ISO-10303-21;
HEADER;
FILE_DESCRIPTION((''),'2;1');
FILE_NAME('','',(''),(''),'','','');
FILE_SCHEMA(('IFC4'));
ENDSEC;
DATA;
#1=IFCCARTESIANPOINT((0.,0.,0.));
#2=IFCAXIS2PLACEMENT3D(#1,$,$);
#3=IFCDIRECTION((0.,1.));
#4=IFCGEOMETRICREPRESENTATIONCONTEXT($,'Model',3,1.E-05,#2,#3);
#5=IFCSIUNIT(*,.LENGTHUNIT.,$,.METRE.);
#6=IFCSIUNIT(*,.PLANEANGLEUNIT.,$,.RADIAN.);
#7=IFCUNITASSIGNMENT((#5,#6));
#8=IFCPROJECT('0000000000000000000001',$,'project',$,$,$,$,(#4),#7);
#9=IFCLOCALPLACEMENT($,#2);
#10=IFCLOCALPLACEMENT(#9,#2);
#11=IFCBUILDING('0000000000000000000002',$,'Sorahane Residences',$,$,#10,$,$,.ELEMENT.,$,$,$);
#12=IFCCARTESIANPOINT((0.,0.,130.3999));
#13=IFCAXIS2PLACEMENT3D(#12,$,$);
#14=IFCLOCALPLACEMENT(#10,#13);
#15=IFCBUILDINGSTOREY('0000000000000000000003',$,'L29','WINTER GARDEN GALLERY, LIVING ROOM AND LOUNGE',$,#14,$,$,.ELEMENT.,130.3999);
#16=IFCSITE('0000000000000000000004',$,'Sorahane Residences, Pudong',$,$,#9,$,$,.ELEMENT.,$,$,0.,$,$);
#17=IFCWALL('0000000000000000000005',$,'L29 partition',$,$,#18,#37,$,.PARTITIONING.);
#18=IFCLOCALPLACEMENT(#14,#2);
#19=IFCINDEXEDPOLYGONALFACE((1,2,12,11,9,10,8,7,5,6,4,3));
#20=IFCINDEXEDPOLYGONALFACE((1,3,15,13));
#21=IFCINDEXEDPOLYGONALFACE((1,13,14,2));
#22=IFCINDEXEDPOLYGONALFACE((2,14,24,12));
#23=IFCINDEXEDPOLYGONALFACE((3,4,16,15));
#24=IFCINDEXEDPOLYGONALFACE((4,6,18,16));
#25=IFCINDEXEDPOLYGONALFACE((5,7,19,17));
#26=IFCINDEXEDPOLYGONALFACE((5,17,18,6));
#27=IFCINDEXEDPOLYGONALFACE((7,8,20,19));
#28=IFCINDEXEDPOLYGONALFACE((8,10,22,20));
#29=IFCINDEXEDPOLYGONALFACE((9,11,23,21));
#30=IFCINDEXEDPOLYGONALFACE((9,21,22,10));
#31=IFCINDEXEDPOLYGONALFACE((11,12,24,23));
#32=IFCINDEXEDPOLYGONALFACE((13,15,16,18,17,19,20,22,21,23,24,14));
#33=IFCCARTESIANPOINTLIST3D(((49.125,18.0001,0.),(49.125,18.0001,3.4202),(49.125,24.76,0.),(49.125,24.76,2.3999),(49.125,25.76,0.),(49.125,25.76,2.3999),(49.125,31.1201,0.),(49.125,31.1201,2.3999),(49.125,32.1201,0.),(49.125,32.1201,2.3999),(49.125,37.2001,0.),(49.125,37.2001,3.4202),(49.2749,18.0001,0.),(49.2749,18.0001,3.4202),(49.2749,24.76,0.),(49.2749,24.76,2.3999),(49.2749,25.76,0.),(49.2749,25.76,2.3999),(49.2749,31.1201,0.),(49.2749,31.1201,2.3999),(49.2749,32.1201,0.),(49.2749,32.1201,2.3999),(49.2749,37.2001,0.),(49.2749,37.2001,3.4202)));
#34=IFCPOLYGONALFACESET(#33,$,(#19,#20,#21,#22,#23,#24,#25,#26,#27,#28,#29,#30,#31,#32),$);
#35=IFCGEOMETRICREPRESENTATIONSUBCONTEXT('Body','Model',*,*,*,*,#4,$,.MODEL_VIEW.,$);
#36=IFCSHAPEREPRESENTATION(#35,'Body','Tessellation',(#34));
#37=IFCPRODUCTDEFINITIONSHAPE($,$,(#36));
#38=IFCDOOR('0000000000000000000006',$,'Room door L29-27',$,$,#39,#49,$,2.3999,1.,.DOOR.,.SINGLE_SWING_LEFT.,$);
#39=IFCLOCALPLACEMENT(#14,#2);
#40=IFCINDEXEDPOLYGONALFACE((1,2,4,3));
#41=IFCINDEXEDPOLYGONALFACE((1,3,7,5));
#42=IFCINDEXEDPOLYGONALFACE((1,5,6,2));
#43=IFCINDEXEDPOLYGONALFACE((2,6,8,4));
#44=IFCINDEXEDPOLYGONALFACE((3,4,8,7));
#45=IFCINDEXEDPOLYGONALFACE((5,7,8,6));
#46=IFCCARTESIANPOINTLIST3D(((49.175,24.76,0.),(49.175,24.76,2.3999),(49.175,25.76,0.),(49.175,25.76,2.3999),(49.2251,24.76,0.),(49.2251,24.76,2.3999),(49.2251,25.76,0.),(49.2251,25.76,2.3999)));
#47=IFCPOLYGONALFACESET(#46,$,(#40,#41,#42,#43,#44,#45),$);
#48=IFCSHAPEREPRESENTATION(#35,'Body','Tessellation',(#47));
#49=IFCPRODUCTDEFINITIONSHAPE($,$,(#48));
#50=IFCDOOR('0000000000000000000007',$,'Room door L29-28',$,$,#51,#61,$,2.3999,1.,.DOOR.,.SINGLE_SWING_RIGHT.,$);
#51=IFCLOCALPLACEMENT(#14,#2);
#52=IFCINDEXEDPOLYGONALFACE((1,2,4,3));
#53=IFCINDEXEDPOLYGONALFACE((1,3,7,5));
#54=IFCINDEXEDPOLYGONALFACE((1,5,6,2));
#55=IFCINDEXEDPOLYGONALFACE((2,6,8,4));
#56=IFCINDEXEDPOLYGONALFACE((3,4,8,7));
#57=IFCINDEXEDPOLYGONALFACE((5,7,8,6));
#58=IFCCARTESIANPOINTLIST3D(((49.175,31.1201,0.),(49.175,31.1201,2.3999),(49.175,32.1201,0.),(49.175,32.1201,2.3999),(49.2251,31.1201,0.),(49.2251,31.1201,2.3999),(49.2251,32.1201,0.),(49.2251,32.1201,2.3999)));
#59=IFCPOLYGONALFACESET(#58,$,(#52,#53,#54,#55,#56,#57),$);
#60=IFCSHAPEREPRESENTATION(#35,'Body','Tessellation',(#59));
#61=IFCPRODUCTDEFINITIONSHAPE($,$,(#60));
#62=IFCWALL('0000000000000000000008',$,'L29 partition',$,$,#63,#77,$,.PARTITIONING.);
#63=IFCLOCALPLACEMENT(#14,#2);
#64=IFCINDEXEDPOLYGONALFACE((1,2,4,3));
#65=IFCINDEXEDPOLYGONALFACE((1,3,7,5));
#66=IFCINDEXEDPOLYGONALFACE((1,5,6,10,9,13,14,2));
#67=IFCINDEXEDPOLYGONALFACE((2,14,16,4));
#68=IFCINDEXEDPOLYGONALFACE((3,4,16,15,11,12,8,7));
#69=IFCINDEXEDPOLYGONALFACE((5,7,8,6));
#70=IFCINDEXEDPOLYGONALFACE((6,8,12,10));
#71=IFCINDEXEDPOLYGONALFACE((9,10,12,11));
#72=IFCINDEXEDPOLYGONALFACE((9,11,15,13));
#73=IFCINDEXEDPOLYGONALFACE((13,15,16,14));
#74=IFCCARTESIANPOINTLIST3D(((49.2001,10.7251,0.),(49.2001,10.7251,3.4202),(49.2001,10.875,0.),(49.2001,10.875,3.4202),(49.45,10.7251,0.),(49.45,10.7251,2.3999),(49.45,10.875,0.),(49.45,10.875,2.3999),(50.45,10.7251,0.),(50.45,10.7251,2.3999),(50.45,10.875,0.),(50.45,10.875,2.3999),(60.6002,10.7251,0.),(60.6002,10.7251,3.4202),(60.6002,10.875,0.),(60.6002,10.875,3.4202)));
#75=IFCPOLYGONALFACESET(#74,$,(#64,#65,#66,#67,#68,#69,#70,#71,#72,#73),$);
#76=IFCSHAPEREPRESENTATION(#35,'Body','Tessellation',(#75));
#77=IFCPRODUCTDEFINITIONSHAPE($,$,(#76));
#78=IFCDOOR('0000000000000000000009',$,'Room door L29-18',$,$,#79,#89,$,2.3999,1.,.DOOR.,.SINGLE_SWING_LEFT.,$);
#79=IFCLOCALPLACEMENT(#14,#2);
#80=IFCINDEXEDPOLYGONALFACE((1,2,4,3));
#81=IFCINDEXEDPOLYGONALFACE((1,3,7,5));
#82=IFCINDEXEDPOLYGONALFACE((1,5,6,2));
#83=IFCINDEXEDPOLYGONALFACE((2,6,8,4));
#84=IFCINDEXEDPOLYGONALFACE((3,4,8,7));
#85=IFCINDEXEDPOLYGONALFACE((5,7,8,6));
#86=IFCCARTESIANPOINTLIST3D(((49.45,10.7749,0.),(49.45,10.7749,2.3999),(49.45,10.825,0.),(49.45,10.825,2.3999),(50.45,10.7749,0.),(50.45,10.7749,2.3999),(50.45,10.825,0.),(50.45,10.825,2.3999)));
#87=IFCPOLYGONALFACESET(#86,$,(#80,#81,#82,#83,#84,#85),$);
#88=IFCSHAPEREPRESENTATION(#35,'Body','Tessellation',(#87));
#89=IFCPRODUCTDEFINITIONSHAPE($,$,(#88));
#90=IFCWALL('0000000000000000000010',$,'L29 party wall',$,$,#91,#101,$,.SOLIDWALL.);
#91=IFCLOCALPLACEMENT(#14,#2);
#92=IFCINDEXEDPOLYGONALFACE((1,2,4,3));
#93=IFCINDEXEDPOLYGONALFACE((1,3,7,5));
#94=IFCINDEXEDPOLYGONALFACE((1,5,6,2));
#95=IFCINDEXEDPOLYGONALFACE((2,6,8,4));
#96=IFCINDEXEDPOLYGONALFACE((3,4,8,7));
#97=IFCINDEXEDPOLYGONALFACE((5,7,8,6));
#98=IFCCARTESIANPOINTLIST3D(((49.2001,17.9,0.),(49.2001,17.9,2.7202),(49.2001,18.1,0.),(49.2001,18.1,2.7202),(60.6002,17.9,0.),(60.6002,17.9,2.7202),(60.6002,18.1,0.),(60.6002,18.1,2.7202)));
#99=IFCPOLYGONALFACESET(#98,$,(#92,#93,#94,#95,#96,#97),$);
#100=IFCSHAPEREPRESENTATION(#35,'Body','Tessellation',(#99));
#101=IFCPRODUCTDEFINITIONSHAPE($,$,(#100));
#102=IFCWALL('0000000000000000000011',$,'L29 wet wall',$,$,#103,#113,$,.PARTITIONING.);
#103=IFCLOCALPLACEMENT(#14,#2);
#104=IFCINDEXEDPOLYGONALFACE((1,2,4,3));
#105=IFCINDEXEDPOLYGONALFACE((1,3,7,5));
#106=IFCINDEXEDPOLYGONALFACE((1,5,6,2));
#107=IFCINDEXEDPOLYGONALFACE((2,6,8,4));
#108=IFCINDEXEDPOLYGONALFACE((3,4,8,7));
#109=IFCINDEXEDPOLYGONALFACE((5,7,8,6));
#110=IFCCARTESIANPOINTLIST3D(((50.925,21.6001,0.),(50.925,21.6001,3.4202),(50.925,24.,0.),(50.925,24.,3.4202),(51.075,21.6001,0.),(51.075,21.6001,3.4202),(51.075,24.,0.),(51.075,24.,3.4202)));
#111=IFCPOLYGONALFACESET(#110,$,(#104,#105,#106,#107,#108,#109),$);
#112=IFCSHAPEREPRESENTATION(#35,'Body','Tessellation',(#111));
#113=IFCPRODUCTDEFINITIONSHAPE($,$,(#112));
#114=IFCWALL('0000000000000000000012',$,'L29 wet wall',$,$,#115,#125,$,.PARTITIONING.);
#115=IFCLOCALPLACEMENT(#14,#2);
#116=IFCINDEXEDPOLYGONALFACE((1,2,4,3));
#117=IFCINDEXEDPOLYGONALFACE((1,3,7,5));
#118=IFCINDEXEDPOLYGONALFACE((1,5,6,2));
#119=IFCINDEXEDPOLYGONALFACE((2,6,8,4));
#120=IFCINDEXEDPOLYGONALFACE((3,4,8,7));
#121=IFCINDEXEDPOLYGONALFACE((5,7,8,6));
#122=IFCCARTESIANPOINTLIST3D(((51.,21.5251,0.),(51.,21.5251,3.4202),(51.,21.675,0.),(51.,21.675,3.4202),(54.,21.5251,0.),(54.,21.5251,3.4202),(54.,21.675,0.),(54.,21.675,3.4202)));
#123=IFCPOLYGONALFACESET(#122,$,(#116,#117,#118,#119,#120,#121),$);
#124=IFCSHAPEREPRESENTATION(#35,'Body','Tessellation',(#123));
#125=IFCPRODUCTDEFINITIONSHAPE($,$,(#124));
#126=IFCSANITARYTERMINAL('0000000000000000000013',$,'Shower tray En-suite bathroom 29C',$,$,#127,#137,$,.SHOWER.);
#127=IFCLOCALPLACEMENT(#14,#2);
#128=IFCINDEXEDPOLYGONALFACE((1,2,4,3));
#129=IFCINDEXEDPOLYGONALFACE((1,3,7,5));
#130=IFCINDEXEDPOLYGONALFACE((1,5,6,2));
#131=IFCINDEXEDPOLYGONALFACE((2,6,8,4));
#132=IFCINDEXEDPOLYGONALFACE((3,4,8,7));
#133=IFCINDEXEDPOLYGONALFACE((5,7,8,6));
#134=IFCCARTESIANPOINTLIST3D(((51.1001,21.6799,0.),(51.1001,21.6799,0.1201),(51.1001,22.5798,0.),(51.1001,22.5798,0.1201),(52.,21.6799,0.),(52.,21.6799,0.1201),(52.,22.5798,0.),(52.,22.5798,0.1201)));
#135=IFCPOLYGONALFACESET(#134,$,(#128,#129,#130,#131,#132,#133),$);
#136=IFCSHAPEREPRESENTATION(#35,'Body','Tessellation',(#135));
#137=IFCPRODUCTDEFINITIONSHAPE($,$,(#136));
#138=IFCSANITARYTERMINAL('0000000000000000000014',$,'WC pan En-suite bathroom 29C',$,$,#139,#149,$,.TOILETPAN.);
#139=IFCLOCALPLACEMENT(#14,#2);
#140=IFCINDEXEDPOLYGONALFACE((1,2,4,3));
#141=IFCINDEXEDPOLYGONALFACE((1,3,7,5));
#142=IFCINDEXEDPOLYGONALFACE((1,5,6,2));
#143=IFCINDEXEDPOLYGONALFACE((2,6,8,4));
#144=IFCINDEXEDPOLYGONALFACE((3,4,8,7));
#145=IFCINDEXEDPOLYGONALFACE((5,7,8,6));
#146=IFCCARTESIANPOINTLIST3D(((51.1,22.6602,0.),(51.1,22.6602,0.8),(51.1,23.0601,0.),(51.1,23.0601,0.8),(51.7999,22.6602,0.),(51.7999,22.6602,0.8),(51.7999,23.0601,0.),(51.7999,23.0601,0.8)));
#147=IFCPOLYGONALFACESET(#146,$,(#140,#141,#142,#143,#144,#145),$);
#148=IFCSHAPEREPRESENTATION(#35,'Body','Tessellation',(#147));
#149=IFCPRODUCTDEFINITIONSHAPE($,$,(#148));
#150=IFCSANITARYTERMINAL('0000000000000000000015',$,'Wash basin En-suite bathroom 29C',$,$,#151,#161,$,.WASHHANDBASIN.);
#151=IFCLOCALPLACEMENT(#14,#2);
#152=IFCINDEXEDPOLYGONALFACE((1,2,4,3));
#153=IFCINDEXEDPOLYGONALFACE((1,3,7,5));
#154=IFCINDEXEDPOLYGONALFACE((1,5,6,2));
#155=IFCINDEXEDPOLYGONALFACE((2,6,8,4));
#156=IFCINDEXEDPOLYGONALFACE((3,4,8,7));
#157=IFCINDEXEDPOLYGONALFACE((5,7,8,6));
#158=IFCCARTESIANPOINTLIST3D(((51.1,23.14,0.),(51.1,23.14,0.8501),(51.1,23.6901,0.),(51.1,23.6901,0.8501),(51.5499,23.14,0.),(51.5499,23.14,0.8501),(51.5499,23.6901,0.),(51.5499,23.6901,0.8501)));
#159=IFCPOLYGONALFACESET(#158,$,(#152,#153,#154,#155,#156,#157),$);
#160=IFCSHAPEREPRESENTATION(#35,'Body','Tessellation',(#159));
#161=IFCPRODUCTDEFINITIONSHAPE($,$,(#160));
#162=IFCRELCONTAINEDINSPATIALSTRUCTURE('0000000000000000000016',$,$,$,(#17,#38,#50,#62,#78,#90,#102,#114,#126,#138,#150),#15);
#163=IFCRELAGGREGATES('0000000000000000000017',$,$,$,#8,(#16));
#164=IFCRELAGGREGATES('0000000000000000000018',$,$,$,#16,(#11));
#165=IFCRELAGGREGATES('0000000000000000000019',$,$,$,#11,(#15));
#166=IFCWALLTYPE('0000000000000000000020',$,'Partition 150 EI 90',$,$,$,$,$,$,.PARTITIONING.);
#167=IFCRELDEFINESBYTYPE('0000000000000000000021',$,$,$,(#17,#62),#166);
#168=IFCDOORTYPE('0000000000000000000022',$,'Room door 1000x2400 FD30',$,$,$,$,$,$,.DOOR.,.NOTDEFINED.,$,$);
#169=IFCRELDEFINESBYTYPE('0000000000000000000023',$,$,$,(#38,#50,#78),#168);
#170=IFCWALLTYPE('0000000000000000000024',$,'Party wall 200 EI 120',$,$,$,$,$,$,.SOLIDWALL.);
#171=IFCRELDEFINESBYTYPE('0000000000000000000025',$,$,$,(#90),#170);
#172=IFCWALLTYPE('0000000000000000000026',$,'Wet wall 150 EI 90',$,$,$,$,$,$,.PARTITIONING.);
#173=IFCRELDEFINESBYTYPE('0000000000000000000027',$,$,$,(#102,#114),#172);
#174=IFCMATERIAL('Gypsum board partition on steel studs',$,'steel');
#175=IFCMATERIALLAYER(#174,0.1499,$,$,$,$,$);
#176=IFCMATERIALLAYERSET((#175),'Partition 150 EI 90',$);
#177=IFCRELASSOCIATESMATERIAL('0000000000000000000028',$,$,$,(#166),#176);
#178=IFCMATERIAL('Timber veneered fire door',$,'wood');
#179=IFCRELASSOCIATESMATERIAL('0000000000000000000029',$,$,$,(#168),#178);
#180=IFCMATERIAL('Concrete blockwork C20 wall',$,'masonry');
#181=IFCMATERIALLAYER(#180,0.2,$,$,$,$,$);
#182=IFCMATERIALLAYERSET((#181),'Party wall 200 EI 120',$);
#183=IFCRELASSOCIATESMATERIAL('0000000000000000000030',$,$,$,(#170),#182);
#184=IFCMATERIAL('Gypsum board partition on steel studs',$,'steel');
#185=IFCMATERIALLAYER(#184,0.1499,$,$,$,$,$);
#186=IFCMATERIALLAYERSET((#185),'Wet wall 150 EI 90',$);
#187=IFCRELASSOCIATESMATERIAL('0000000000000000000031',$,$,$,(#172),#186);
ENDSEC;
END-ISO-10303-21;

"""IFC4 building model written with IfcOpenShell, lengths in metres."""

from ifc_helpers import new_model, si_unit, direction, frame, frame_2d, origin, origin_2d, place, context, subcontext, project, spatial, rectangle, extrude, material, layer, layer_set, type_object, element, fill, save


model = new_model("IFC4")

# Units and contexts
model_context = context("Model", 3, precision=1e-05, world=origin(), true_north=direction((0.0, 1.0)))
body_context = subcontext(model_context, "Body", "Model", "MODEL_VIEW")
ifc_project = project(units=[si_unit("LENGTHUNIT", "METRE"), si_unit("PLANEANGLEUNIT", "RADIAN")], contexts=[model_context])

# Site, building, storey
site_placement = place(None, origin())
site = spatial("IfcSite", under=ifc_project, at=site_placement, Name="Sorahane Residences, Pudong", CompositionType="ELEMENT", RefElevation=0.0)
building_placement = place(site_placement, origin())
building = spatial("IfcBuilding", under=site, at=building_placement, Name="Sorahane Residences", CompositionType="ELEMENT")
storey_placement = place(building_placement, frame((0.0, 0.0, 130.3999)))
storey = spatial("IfcBuildingStorey", under=building, at=storey_placement, Name="L29", Description="WINTER GARDEN GALLERY, LIVING ROOM AND LOUNGE", CompositionType="ELEMENT", Elevation=130.3999)

# Wall, openings, doors
ifc_material_1 = material(Name="Gypsum board partition on steel studs", Category="steel")
ifc_layer_1 = layer(ifc_material_1, 0.1499)
ifc_layer_set_1 = layer_set([ifc_layer_1], Name="Partition 150 EI 90")
wall_type_1 = type_object("IfcWallType", Name="Partition 150 EI 90", PredefinedType="PARTITIONING", material=ifc_layer_set_1)
wall_1_placement = place(storey_placement, frame((49.2, 18.0, 0.0), z_axis=(0.0, 0.0, 1.0), x_axis=(0.0, 1.0, 0.0)))
wall_1 = element("IfcWall", 1, at=wall_1_placement, inside=storey, type_object=wall_type_1, Name="L29 partition", PredefinedType="PARTITIONING", context=body_context, shape_type="SweptSolid", body=[
    extrude(rectangle(XDim=19.2, YDim=0.1499, at=frame_2d((9.6001, 0.0))), origin(), (0.0, 0.0, 1.0), 3.4202),
])
opening_1_placement = place(wall_1_placement, frame((6.76, 0.0, 0.0)))
opening_1 = element("IfcOpeningElement", 2, at=opening_1_placement, cuts=wall_1, PredefinedType="OPENING", context=body_context, shape_type="SweptSolid", body=[
    extrude(rectangle(XDim=1.0, YDim=2.3999, at=frame_2d((0.5, 1.2))), frame((0.0, 0.085, 0.0), z_axis=(0.0, -1.0, 0.0), x_axis=(1.0, 0.0, 0.0)), (0.0, 0.0, 1.0), 0.1699),
])
opening_2_placement = place(wall_1_placement, frame((13.1201, 0.0, 0.0)))
opening_2 = element("IfcOpeningElement", 3, at=opening_2_placement, cuts=wall_1, PredefinedType="OPENING", context=body_context, shape_type="SweptSolid", body=[
    extrude(rectangle(XDim=1.0, YDim=2.3999, at=frame_2d((0.5, 1.2))), frame((0.0, 0.085, 0.0), z_axis=(0.0, -1.0, 0.0), x_axis=(1.0, 0.0, 0.0)), (0.0, 0.0, 1.0), 0.1699),
])
ifc_material_2 = material(Name="Timber veneered fire door", Category="wood")
door_type_1 = type_object("IfcDoorType", Name="Room door 1000x2400 FD30", OperationType="NOTDEFINED", PredefinedType="DOOR", material=ifc_material_2)
door_1_placement = place(opening_1_placement, origin())
door_1 = element("IfcDoor", 4, at=door_1_placement, inside=storey, type_object=door_type_1, Name="Room door L29-27", OperationType="SINGLE_SWING_LEFT", OverallHeight=2.3999, OverallWidth=1.0, PredefinedType="DOOR", context=body_context, shape_type="SweptSolid", body=[
    extrude(rectangle(XDim=1.0, YDim=2.3999, at=frame_2d((0.5, 1.2))), frame((0.0, 0.0249, 0.0), z_axis=(0.0, -1.0, 0.0), x_axis=(1.0, 0.0, 0.0)), (0.0, 0.0, 1.0), 0.05),
])
fill(opening_1, door_1)
door_2_placement = place(opening_2_placement, origin())
door_2 = element("IfcDoor", 5, at=door_2_placement, inside=storey, type_object=door_type_1, Name="Room door L29-28", OperationType="SINGLE_SWING_RIGHT", OverallHeight=2.3999, OverallWidth=1.0, PredefinedType="DOOR", context=body_context, shape_type="SweptSolid", body=[
    extrude(rectangle(XDim=1.0, YDim=2.3999, at=frame_2d((0.5, 1.2))), frame((0.0, 0.0249, 0.0), z_axis=(0.0, -1.0, 0.0), x_axis=(1.0, 0.0, 0.0)), (0.0, 0.0, 1.0), 0.05),
])
fill(opening_2, door_2)

# Wall, opening, door
wall_2_placement = place(storey_placement, frame((49.2, 10.8, 0.0), z_axis=(0.0, 0.0, 1.0), x_axis=(1.0, 0.0, 0.0)))
wall_2 = element("IfcWall", 6, at=wall_2_placement, inside=storey, type_object=wall_type_1, Name="L29 partition", PredefinedType="PARTITIONING", context=body_context, shape_type="SweptSolid", body=[
    extrude(rectangle(XDim=11.4001, YDim=0.1499, at=frame_2d((5.7002, 0.0))), origin(), (0.0, 0.0, 1.0), 3.4202),
])
opening_3_placement = place(wall_2_placement, frame((0.25, 0.0, 0.0)))
opening_3 = element("IfcOpeningElement", 7, at=opening_3_placement, cuts=wall_2, PredefinedType="OPENING", context=body_context, shape_type="SweptSolid", body=[
    extrude(rectangle(XDim=1.0, YDim=2.3999, at=frame_2d((0.5, 1.2))), frame((0.0, 0.085, 0.0), z_axis=(0.0, -1.0, 0.0), x_axis=(1.0, 0.0, 0.0)), (0.0, 0.0, 1.0), 0.1699),
])
door_3_placement = place(opening_3_placement, origin())
door_3 = element("IfcDoor", 8, at=door_3_placement, inside=storey, type_object=door_type_1, Name="Room door L29-18", OperationType="SINGLE_SWING_LEFT", OverallHeight=2.3999, OverallWidth=1.0, PredefinedType="DOOR", context=body_context, shape_type="SweptSolid", body=[
    extrude(rectangle(XDim=1.0, YDim=2.3999, at=frame_2d((0.5, 1.2))), frame((0.0, 0.0249, 0.0), z_axis=(0.0, -1.0, 0.0), x_axis=(1.0, 0.0, 0.0)), (0.0, 0.0, 1.0), 0.05),
])
fill(opening_3, door_3)

# Walls
ifc_material_3 = material(Name="Concrete blockwork C20 wall", Category="masonry")
ifc_layer_2 = layer(ifc_material_3, 0.2)
ifc_layer_set_2 = layer_set([ifc_layer_2], Name="Party wall 200 EI 120")
wall_type_2 = type_object("IfcWallType", Name="Party wall 200 EI 120", PredefinedType="SOLIDWALL", material=ifc_layer_set_2)
wall_3_placement = place(storey_placement, frame((49.2, 18.0, 0.0), z_axis=(0.0, 0.0, 1.0), x_axis=(1.0, 0.0, 0.0)))
element("IfcWall", 9, at=wall_3_placement, inside=storey, type_object=wall_type_2, Name="L29 party wall", PredefinedType="SOLIDWALL", context=body_context, shape_type="SweptSolid", body=[
    extrude(rectangle(XDim=11.4001, YDim=0.2, at=frame_2d((5.7002, 0.0))), origin(), (0.0, 0.0, 1.0), 2.7202),
])
ifc_material_4 = material(Name="Gypsum board partition on steel studs", Category="steel")
ifc_layer_3 = layer(ifc_material_4, 0.1499)
ifc_layer_set_3 = layer_set([ifc_layer_3], Name="Wet wall 150 EI 90")
wall_type_3 = type_object("IfcWallType", Name="Wet wall 150 EI 90", PredefinedType="PARTITIONING", material=ifc_layer_set_3)
wall_4_placement = place(storey_placement, frame((51.0, 21.6001, 0.0), z_axis=(0.0, 0.0, 1.0), x_axis=(0.0, 1.0, 0.0)))
element("IfcWall", 10, at=wall_4_placement, inside=storey, type_object=wall_type_3, Name="L29 wet wall", PredefinedType="PARTITIONING", context=body_context, shape_type="SweptSolid", body=[
    extrude(rectangle(XDim=2.3999, YDim=0.1499, at=frame_2d((1.2, 0.0))), origin(), (0.0, 0.0, 1.0), 3.4202),
])

# Wall
wall_5_placement = place(storey_placement, frame((51.0, 21.6001, 0.0), z_axis=(0.0, 0.0, 1.0), x_axis=(1.0, 0.0, 0.0)))
element("IfcWall", 11, at=wall_5_placement, inside=storey, type_object=wall_type_3, Name="L29 wet wall", PredefinedType="PARTITIONING", context=body_context, shape_type="SweptSolid", body=[
    extrude(rectangle(XDim=3.0, YDim=0.1499, at=frame_2d((1.5, 0.0))), origin(), (0.0, 0.0, 1.0), 3.4202),
])

# Sanitary terminals
sanitary_terminal_1_placement = place(storey_placement, frame((51.55, 22.1299, 0.0), z_axis=(0.0, 0.0, 1.0), x_axis=(0.0, 1.0, 0.0)))
element("IfcSanitaryTerminal", 12, at=sanitary_terminal_1_placement, inside=storey, Name="Shower tray En-suite bathroom 29C", PredefinedType="SHOWER", context=body_context, shape_type="SweptSolid", body=[
    extrude(rectangle(XDim=0.8999, YDim=0.8999, at=origin_2d()), origin(), (0.0, 0.0, 1.0), 0.1201),
])
sanitary_terminal_2_placement = place(storey_placement, frame((51.45, 22.8601, 0.0), z_axis=(0.0, 0.0, 1.0), x_axis=(0.0, 1.0, 0.0)))
element("IfcSanitaryTerminal", 13, at=sanitary_terminal_2_placement, inside=storey, Name="WC pan En-suite bathroom 29C", PredefinedType="TOILETPAN", context=body_context, shape_type="SweptSolid", body=[
    extrude(rectangle(XDim=0.3999, YDim=0.7, at=origin_2d()), origin(), (0.0, 0.0, 1.0), 0.8),
])
sanitary_terminal_3_placement = place(storey_placement, frame((51.325, 23.415, 0.0), z_axis=(0.0, 0.0, 1.0), x_axis=(0.0, 1.0, 0.0)))
element("IfcSanitaryTerminal", 14, at=sanitary_terminal_3_placement, inside=storey, Name="Wash basin En-suite bathroom 29C", PredefinedType="WASHHANDBASIN", context=body_context, shape_type="SweptSolid", body=[
    extrude(rectangle(XDim=0.55, YDim=0.45, at=origin_2d()), origin(), (0.0, 0.0, 1.0), 0.8501),
])

save(model, "model.ifc")
